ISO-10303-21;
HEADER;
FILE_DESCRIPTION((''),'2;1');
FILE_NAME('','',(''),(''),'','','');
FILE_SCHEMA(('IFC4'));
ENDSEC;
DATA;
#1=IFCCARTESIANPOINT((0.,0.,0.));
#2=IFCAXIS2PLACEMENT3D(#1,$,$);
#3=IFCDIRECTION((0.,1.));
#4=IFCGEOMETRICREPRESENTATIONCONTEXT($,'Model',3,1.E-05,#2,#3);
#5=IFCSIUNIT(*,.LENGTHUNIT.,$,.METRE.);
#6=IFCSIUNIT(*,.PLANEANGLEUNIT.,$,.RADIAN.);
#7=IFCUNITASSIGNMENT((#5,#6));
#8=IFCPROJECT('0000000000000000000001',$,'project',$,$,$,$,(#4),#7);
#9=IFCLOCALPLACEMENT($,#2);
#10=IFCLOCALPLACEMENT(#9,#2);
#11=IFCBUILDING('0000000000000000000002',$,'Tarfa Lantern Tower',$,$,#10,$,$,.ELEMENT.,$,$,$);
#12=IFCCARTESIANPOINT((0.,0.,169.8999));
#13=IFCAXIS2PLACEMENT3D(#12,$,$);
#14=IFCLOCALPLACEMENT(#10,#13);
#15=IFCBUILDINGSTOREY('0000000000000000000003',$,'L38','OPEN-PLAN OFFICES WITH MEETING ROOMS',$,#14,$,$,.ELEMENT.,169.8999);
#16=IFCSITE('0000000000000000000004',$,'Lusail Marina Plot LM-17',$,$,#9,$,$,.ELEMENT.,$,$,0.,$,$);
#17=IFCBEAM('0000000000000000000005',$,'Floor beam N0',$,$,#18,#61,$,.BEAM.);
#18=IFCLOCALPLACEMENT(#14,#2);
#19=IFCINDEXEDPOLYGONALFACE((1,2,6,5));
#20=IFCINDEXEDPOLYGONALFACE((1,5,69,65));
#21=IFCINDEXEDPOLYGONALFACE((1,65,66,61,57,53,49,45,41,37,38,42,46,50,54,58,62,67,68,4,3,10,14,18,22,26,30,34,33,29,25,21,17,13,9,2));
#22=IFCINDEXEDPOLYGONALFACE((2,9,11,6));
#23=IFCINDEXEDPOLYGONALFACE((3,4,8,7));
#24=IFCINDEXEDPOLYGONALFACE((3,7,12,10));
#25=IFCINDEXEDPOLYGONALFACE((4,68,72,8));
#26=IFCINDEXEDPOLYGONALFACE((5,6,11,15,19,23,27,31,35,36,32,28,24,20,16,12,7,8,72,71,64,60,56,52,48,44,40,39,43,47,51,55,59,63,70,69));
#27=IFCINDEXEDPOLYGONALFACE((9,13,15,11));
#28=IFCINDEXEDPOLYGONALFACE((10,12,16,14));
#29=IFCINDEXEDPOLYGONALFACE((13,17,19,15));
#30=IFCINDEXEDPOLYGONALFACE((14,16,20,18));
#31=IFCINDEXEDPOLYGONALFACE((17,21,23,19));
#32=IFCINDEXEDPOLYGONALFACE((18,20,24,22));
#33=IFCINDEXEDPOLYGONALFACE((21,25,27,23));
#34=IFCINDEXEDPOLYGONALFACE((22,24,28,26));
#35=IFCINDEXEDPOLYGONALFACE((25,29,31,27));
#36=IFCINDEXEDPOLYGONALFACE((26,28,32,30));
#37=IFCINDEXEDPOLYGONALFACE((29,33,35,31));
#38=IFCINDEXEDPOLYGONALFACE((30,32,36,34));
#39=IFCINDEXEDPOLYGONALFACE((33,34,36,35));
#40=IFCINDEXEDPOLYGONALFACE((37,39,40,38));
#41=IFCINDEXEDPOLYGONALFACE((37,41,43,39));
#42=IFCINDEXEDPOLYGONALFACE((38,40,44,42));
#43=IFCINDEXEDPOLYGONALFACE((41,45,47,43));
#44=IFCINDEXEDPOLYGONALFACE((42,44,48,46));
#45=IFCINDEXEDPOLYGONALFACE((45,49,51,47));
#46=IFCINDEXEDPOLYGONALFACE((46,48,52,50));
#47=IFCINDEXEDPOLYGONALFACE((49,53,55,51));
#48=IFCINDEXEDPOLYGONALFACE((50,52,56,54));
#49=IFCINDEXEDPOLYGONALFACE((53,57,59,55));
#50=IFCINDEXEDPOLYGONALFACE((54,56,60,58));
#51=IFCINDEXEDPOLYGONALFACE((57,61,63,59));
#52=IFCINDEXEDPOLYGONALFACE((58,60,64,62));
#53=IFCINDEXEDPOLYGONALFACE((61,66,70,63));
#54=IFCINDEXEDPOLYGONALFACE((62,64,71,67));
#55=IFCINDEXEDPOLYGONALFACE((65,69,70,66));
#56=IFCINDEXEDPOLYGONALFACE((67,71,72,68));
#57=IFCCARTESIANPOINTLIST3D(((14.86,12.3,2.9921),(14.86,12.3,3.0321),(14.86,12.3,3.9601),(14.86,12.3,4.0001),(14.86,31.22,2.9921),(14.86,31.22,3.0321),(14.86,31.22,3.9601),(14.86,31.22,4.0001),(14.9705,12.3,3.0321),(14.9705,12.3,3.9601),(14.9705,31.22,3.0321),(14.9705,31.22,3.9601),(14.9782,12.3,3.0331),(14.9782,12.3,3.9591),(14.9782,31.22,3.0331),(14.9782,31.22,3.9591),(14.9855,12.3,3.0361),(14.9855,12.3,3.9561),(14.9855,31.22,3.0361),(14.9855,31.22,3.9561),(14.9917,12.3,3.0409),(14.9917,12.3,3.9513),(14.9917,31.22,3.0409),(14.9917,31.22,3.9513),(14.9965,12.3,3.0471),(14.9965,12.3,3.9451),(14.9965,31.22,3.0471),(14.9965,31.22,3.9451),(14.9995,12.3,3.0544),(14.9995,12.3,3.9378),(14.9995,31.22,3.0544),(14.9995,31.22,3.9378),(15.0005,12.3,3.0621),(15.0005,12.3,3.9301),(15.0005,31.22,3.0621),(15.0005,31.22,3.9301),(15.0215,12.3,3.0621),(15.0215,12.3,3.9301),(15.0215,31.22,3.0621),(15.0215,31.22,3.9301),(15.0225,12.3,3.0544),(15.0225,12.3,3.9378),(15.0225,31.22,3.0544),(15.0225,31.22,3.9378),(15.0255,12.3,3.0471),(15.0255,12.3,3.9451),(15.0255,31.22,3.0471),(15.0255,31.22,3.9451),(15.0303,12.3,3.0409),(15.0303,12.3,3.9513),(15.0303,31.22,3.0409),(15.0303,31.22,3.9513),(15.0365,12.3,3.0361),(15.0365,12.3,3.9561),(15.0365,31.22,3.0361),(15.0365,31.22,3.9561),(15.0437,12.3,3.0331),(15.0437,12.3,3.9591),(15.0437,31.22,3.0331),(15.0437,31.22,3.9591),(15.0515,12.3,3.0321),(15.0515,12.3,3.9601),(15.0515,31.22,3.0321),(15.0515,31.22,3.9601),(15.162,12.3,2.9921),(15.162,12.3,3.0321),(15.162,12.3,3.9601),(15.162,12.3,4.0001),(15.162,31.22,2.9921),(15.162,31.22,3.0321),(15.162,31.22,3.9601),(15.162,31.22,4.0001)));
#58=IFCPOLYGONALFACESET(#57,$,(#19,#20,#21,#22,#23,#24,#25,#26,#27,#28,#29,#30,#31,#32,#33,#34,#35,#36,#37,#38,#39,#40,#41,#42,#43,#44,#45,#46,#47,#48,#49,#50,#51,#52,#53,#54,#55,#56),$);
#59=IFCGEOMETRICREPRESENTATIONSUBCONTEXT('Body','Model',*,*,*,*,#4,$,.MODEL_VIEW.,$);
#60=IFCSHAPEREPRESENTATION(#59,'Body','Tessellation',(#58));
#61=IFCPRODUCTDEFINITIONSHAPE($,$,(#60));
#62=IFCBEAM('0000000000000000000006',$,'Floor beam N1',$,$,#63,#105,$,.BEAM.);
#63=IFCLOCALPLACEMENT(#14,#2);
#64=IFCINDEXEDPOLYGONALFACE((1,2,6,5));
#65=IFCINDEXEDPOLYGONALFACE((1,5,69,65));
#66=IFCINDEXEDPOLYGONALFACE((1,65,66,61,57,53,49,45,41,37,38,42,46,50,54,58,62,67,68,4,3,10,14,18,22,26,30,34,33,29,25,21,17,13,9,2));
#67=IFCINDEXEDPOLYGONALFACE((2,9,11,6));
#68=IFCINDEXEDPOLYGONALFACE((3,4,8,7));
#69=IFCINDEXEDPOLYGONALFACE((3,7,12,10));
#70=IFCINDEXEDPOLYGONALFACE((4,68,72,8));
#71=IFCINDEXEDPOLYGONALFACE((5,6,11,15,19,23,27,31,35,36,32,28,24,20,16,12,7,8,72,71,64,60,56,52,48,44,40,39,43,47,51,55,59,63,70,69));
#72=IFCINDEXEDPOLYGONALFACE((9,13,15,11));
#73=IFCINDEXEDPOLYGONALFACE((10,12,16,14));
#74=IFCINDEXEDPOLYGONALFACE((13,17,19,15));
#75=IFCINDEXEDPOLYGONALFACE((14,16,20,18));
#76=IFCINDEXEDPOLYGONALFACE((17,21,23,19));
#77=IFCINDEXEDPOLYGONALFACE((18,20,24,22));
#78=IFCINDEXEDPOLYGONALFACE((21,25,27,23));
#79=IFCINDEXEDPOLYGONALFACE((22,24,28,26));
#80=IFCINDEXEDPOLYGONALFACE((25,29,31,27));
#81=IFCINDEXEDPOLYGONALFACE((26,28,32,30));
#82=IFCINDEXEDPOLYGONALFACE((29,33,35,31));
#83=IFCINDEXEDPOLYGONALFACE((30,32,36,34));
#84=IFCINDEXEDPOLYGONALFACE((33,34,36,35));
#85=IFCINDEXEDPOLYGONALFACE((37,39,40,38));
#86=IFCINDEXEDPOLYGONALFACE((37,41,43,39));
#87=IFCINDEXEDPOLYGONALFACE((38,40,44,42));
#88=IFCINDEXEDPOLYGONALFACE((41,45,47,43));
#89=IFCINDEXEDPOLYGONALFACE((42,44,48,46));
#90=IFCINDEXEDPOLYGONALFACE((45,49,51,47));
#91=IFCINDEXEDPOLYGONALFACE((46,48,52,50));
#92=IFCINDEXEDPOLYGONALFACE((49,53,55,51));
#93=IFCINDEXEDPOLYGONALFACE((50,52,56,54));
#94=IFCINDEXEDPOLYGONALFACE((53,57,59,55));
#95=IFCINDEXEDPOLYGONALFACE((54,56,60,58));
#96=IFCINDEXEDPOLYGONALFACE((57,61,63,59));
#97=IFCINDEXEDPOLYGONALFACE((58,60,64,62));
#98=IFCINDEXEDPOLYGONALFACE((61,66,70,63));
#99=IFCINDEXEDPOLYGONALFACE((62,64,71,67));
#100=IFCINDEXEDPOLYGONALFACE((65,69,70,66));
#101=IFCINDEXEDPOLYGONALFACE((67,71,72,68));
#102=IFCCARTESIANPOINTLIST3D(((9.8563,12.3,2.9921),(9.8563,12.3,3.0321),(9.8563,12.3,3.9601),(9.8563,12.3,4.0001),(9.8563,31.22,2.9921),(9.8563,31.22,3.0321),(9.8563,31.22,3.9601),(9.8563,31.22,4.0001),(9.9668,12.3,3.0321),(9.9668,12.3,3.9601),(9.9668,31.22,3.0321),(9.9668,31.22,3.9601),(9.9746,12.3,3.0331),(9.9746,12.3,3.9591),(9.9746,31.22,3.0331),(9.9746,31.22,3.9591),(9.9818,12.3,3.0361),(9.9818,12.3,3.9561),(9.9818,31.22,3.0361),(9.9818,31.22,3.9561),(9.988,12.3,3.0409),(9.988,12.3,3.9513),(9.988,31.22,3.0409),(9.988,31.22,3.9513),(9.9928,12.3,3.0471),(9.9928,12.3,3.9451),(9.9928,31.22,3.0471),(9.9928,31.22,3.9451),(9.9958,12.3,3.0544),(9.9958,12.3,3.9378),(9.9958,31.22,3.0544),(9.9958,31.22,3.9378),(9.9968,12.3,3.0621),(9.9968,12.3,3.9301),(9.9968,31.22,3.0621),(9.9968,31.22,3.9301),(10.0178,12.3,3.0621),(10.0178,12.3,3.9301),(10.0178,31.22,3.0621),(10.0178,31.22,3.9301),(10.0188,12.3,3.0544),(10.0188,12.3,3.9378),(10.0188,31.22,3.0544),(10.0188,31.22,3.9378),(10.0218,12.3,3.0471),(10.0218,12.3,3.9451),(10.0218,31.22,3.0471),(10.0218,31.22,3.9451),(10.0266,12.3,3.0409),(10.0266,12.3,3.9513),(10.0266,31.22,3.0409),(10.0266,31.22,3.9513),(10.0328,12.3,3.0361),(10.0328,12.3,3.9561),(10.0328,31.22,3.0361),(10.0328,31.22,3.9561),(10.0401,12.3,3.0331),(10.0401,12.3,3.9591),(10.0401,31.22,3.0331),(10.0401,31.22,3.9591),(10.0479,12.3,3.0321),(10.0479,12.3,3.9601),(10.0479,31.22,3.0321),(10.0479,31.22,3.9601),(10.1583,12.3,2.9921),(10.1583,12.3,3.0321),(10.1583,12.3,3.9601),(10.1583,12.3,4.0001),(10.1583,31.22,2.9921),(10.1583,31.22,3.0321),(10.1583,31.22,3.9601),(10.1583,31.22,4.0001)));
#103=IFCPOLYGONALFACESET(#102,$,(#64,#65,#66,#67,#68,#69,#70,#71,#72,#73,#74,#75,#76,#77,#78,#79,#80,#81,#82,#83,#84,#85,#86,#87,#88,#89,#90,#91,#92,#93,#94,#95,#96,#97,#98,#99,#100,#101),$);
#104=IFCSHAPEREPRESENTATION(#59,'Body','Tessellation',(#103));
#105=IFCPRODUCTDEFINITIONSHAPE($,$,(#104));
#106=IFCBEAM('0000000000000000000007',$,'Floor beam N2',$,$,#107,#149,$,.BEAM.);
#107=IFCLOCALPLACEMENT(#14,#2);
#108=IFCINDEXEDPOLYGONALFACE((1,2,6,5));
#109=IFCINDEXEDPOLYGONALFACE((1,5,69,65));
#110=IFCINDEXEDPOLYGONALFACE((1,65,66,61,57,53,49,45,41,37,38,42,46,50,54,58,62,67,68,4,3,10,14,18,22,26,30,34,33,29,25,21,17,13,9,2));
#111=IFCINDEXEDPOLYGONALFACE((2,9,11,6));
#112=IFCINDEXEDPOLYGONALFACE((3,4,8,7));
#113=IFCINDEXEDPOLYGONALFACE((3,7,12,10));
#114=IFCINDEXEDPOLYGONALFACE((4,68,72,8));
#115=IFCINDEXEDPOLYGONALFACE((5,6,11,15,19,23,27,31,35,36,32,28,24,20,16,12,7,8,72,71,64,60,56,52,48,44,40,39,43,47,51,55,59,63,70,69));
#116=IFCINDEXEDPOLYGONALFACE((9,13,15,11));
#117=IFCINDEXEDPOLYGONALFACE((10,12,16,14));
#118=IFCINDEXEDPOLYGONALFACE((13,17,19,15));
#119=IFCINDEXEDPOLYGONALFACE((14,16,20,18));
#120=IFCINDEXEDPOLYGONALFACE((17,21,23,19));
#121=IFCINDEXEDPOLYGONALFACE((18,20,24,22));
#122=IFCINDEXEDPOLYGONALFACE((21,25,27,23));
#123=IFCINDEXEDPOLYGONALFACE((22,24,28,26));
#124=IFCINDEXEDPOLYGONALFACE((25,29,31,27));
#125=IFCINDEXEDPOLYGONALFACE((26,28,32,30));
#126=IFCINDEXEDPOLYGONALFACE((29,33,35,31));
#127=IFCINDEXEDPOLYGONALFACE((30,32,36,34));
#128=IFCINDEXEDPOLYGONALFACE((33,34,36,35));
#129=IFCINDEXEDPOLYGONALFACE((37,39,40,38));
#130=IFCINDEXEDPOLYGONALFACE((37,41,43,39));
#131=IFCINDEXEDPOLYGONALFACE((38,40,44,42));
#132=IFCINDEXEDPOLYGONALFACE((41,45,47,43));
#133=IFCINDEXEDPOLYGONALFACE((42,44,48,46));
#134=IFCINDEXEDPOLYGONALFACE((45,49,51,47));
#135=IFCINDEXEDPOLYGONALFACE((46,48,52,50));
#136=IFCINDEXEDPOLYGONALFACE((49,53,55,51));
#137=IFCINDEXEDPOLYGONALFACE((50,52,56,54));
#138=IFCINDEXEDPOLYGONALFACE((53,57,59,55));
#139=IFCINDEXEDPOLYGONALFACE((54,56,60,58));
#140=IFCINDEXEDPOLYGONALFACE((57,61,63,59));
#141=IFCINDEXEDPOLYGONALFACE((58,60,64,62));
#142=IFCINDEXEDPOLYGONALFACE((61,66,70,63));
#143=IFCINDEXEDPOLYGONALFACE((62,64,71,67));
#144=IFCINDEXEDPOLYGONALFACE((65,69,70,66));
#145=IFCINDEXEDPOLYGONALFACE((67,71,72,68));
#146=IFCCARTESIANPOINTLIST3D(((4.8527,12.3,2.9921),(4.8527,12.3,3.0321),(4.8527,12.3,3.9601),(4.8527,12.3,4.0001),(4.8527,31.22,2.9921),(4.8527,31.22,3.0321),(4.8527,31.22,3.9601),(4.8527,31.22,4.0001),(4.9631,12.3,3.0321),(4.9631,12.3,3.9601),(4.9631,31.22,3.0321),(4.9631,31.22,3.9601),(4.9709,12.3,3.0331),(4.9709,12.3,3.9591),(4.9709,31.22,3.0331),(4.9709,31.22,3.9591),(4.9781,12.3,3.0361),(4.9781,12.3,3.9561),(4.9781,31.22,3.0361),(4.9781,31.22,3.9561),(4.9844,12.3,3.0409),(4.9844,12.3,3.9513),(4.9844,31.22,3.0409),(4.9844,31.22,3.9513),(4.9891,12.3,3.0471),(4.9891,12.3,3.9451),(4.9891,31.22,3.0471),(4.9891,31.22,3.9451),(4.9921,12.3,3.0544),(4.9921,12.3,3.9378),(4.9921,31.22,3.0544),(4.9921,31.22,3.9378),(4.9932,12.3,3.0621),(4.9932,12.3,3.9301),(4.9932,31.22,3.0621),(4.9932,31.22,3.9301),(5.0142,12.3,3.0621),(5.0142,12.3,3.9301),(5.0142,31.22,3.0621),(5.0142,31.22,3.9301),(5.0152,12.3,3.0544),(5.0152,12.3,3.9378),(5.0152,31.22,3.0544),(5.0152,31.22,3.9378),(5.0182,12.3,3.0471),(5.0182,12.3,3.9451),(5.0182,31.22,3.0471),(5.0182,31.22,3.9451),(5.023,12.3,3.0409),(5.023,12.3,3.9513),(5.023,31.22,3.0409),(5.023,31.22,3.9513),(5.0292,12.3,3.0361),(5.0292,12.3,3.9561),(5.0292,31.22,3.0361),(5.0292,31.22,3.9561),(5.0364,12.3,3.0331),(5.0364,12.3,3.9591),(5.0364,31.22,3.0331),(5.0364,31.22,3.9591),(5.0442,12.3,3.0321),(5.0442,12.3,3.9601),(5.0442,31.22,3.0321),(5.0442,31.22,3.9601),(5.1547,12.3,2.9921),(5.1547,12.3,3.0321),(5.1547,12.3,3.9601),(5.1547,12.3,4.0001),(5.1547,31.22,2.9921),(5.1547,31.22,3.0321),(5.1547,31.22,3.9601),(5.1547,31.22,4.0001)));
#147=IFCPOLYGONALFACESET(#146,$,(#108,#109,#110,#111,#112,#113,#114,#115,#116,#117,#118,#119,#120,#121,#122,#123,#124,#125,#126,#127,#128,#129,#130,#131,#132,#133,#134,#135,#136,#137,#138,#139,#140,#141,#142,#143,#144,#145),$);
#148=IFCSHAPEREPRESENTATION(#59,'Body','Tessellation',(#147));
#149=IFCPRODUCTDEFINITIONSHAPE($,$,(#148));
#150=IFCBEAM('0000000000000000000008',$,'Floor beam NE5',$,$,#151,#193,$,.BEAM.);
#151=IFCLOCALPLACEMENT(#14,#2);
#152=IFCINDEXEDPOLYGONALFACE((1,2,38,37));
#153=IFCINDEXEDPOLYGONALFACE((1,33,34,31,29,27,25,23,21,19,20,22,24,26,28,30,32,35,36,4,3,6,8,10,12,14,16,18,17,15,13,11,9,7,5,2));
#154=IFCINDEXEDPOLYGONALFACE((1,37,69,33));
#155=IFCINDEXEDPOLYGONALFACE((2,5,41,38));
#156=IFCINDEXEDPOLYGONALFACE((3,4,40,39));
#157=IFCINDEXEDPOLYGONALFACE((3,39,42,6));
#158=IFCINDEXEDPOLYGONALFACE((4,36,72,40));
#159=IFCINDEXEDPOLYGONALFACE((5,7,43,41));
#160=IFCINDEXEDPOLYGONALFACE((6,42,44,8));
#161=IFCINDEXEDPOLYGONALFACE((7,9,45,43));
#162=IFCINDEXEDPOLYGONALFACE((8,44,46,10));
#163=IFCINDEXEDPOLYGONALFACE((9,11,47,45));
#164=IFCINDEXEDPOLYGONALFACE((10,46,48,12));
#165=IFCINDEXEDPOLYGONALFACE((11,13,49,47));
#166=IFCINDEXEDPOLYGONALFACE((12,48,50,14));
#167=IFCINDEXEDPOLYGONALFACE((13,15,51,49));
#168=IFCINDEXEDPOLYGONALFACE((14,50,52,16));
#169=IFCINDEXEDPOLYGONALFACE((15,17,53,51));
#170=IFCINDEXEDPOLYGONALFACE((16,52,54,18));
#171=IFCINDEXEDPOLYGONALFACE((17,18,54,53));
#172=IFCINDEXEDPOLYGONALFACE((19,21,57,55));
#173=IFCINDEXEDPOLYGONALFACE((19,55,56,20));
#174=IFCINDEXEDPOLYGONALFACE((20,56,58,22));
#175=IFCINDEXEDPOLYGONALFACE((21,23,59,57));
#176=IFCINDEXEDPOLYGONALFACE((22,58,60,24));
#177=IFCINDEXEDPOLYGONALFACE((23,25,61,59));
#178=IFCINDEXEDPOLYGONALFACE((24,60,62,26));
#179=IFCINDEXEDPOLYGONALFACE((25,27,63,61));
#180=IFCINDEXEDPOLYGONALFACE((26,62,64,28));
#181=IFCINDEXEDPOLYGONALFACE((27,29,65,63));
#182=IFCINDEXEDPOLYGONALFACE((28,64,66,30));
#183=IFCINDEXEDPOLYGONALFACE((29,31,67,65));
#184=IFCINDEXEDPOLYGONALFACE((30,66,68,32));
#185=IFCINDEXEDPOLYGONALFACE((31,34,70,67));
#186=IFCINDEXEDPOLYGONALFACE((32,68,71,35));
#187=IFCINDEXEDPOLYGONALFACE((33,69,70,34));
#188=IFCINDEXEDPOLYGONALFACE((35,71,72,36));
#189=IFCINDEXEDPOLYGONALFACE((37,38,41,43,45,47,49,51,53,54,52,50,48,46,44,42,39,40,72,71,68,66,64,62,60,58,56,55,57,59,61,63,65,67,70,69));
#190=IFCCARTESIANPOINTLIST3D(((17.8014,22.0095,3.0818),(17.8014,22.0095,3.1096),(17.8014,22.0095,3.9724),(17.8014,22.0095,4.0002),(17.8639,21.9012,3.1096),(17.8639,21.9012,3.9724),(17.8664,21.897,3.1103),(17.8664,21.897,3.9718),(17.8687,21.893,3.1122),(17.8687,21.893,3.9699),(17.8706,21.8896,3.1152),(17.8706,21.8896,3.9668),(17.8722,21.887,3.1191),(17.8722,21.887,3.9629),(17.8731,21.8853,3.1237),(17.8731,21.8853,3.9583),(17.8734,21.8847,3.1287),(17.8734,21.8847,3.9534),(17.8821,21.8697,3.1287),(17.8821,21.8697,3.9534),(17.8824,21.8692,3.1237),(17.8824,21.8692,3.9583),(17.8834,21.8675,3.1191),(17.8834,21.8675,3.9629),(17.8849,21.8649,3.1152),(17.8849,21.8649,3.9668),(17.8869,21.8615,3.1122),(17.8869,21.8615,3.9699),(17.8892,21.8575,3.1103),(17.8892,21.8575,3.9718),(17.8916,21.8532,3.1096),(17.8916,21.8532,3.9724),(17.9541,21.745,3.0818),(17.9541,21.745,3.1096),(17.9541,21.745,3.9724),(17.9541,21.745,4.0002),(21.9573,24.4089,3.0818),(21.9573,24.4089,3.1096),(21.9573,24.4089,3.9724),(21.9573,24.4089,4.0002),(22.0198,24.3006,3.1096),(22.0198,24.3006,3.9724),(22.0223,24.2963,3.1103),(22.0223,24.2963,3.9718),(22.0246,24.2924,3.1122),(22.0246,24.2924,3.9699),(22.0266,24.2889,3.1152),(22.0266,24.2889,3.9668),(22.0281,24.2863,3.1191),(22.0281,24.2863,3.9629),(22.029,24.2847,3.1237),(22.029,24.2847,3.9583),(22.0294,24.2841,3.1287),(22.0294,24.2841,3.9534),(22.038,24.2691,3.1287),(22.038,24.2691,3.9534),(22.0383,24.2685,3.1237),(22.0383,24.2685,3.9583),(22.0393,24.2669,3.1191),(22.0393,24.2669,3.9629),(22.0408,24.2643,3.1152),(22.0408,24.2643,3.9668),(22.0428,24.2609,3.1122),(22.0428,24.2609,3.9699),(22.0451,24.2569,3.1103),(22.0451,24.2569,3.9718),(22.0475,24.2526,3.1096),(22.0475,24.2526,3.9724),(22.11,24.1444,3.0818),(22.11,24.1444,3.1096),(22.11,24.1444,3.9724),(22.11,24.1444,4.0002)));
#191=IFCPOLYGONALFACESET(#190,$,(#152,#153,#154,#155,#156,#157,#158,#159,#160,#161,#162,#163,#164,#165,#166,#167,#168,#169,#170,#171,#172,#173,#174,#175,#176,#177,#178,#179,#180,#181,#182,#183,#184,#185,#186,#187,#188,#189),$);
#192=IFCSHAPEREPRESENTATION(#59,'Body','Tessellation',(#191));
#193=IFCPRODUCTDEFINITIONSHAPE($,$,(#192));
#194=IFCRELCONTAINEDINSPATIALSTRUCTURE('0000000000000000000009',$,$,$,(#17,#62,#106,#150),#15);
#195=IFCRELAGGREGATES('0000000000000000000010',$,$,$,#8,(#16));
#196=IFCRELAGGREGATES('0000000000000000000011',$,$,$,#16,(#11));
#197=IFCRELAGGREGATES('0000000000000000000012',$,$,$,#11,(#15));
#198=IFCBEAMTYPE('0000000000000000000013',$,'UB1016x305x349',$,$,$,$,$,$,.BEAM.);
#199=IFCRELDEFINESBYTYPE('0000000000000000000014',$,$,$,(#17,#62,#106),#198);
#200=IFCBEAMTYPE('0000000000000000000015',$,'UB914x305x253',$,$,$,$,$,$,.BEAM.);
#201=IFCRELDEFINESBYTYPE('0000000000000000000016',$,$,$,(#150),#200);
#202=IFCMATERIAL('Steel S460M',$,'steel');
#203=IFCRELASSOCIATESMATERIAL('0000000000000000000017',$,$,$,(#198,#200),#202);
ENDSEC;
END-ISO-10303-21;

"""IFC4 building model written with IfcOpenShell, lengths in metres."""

from ifc_helpers import new_model, si_unit, direction, frame, origin, origin_2d, place, context, subcontext, project, spatial, i_section, extrude, material, material_profile, profile_set, type_object, element, save


model = new_model("IFC4")

# Units and contexts
model_context = context("Model", 3, precision=1e-05, world=origin(), true_north=direction((0.0, 1.0)))
body_context = subcontext(model_context, "Body", "Model", "MODEL_VIEW")
ifc_project = project(units=[si_unit("LENGTHUNIT", "METRE"), si_unit("PLANEANGLEUNIT", "RADIAN")], contexts=[model_context])

# Site, building, storey
site_placement = place(None, origin())
site = spatial("IfcSite", under=ifc_project, at=site_placement, Name="Lusail Marina Plot LM-17", CompositionType="ELEMENT", RefElevation=0.0)
building_placement = place(site_placement, origin())
building = spatial("IfcBuilding", under=site, at=building_placement, Name="Tarfa Lantern Tower", CompositionType="ELEMENT")
storey_placement = place(building_placement, frame((0.0, 0.0, 169.8999)))
storey = spatial("IfcBuildingStorey", under=building, at=storey_placement, Name="L38", Description="OPEN-PLAN OFFICES WITH MEETING ROOMS", CompositionType="ELEMENT", Elevation=169.8999)

# Beams
ifc_material_1 = material(Name="Steel S460M", Category="steel")
ifc_material_profile_1 = material_profile(ifc_material_1, i_section(OverallWidth=0.302, OverallDepth=1.0081, WebThickness=0.021, FlangeThickness=0.04, FilletRadius=0.03, at=origin_2d()), Name="UB1016x305x349")
ifc_profile_set_1 = profile_set([ifc_material_profile_1], Name="Steel S460M")
beam_type_1 = type_object("IfcBeamType", Name="UB1016x305x349", PredefinedType="BEAM", material=ifc_profile_set_1)
for number, where, z_axis, x_axis, name in (
    (1, (15.011, 31.22, 3.4961), (0.0, -1.0, 0.0), (1.0, 0.0, 0.0), "Floor beam N0"),
    (2, (10.0073, 31.22, 3.4961), (0.0, -1.0, 0.0), (1.0, 0.0, 0.0), "Floor beam N1"),
    (3, (5.0037, 31.22, 3.4961), (0.0, -1.0, 0.0), (1.0, 0.0, 0.0), "Floor beam N2"),
):
    element("IfcBeam", number, at=place(storey_placement, frame(where, z_axis=z_axis, x_axis=x_axis)), inside=storey, type_object=beam_type_1, Name=name, PredefinedType="BEAM", context=body_context, shape_type="SweptSolid", body=[
        extrude(i_section(OverallWidth=0.302, OverallDepth=1.0081, WebThickness=0.021, FlangeThickness=0.04, FilletRadius=0.03, at=origin_2d()), origin(), (0.0, 0.0, 1.0), 18.9199),
    ])
ifc_material_profile_2 = material_profile(ifc_material_1, i_section(OverallWidth=0.3054, OverallDepth=0.9185, WebThickness=0.0173, FlangeThickness=0.0278, FilletRadius=0.019, at=origin_2d()), Name="UB914x305x253")
ifc_profile_set_2 = profile_set([ifc_material_profile_2], Name="Steel S460M")
beam_type_2 = type_object("IfcBeamType", Name="UB914x305x253", PredefinedType="BEAM", material=ifc_profile_set_2)
beam_1_placement = place(storey_placement, frame((22.0337, 24.2766, 3.541), z_axis=(-0.866031, -0.499991, 0.0), x_axis=(0.499991, -0.866031, 0.0)))
element("IfcBeam", 4, at=beam_1_placement, inside=storey, type_object=beam_type_2, Name="Floor beam NE5", PredefinedType="BEAM", context=body_context, shape_type="SweptSolid", body=[
    extrude(i_section(OverallWidth=0.3054, OverallDepth=0.9185, WebThickness=0.0173, FlangeThickness=0.0278, FilletRadius=0.019, at=origin_2d()), origin(), (0.0, 0.0, 1.0), 4.7988),
])

save(model, "model.ifc")
